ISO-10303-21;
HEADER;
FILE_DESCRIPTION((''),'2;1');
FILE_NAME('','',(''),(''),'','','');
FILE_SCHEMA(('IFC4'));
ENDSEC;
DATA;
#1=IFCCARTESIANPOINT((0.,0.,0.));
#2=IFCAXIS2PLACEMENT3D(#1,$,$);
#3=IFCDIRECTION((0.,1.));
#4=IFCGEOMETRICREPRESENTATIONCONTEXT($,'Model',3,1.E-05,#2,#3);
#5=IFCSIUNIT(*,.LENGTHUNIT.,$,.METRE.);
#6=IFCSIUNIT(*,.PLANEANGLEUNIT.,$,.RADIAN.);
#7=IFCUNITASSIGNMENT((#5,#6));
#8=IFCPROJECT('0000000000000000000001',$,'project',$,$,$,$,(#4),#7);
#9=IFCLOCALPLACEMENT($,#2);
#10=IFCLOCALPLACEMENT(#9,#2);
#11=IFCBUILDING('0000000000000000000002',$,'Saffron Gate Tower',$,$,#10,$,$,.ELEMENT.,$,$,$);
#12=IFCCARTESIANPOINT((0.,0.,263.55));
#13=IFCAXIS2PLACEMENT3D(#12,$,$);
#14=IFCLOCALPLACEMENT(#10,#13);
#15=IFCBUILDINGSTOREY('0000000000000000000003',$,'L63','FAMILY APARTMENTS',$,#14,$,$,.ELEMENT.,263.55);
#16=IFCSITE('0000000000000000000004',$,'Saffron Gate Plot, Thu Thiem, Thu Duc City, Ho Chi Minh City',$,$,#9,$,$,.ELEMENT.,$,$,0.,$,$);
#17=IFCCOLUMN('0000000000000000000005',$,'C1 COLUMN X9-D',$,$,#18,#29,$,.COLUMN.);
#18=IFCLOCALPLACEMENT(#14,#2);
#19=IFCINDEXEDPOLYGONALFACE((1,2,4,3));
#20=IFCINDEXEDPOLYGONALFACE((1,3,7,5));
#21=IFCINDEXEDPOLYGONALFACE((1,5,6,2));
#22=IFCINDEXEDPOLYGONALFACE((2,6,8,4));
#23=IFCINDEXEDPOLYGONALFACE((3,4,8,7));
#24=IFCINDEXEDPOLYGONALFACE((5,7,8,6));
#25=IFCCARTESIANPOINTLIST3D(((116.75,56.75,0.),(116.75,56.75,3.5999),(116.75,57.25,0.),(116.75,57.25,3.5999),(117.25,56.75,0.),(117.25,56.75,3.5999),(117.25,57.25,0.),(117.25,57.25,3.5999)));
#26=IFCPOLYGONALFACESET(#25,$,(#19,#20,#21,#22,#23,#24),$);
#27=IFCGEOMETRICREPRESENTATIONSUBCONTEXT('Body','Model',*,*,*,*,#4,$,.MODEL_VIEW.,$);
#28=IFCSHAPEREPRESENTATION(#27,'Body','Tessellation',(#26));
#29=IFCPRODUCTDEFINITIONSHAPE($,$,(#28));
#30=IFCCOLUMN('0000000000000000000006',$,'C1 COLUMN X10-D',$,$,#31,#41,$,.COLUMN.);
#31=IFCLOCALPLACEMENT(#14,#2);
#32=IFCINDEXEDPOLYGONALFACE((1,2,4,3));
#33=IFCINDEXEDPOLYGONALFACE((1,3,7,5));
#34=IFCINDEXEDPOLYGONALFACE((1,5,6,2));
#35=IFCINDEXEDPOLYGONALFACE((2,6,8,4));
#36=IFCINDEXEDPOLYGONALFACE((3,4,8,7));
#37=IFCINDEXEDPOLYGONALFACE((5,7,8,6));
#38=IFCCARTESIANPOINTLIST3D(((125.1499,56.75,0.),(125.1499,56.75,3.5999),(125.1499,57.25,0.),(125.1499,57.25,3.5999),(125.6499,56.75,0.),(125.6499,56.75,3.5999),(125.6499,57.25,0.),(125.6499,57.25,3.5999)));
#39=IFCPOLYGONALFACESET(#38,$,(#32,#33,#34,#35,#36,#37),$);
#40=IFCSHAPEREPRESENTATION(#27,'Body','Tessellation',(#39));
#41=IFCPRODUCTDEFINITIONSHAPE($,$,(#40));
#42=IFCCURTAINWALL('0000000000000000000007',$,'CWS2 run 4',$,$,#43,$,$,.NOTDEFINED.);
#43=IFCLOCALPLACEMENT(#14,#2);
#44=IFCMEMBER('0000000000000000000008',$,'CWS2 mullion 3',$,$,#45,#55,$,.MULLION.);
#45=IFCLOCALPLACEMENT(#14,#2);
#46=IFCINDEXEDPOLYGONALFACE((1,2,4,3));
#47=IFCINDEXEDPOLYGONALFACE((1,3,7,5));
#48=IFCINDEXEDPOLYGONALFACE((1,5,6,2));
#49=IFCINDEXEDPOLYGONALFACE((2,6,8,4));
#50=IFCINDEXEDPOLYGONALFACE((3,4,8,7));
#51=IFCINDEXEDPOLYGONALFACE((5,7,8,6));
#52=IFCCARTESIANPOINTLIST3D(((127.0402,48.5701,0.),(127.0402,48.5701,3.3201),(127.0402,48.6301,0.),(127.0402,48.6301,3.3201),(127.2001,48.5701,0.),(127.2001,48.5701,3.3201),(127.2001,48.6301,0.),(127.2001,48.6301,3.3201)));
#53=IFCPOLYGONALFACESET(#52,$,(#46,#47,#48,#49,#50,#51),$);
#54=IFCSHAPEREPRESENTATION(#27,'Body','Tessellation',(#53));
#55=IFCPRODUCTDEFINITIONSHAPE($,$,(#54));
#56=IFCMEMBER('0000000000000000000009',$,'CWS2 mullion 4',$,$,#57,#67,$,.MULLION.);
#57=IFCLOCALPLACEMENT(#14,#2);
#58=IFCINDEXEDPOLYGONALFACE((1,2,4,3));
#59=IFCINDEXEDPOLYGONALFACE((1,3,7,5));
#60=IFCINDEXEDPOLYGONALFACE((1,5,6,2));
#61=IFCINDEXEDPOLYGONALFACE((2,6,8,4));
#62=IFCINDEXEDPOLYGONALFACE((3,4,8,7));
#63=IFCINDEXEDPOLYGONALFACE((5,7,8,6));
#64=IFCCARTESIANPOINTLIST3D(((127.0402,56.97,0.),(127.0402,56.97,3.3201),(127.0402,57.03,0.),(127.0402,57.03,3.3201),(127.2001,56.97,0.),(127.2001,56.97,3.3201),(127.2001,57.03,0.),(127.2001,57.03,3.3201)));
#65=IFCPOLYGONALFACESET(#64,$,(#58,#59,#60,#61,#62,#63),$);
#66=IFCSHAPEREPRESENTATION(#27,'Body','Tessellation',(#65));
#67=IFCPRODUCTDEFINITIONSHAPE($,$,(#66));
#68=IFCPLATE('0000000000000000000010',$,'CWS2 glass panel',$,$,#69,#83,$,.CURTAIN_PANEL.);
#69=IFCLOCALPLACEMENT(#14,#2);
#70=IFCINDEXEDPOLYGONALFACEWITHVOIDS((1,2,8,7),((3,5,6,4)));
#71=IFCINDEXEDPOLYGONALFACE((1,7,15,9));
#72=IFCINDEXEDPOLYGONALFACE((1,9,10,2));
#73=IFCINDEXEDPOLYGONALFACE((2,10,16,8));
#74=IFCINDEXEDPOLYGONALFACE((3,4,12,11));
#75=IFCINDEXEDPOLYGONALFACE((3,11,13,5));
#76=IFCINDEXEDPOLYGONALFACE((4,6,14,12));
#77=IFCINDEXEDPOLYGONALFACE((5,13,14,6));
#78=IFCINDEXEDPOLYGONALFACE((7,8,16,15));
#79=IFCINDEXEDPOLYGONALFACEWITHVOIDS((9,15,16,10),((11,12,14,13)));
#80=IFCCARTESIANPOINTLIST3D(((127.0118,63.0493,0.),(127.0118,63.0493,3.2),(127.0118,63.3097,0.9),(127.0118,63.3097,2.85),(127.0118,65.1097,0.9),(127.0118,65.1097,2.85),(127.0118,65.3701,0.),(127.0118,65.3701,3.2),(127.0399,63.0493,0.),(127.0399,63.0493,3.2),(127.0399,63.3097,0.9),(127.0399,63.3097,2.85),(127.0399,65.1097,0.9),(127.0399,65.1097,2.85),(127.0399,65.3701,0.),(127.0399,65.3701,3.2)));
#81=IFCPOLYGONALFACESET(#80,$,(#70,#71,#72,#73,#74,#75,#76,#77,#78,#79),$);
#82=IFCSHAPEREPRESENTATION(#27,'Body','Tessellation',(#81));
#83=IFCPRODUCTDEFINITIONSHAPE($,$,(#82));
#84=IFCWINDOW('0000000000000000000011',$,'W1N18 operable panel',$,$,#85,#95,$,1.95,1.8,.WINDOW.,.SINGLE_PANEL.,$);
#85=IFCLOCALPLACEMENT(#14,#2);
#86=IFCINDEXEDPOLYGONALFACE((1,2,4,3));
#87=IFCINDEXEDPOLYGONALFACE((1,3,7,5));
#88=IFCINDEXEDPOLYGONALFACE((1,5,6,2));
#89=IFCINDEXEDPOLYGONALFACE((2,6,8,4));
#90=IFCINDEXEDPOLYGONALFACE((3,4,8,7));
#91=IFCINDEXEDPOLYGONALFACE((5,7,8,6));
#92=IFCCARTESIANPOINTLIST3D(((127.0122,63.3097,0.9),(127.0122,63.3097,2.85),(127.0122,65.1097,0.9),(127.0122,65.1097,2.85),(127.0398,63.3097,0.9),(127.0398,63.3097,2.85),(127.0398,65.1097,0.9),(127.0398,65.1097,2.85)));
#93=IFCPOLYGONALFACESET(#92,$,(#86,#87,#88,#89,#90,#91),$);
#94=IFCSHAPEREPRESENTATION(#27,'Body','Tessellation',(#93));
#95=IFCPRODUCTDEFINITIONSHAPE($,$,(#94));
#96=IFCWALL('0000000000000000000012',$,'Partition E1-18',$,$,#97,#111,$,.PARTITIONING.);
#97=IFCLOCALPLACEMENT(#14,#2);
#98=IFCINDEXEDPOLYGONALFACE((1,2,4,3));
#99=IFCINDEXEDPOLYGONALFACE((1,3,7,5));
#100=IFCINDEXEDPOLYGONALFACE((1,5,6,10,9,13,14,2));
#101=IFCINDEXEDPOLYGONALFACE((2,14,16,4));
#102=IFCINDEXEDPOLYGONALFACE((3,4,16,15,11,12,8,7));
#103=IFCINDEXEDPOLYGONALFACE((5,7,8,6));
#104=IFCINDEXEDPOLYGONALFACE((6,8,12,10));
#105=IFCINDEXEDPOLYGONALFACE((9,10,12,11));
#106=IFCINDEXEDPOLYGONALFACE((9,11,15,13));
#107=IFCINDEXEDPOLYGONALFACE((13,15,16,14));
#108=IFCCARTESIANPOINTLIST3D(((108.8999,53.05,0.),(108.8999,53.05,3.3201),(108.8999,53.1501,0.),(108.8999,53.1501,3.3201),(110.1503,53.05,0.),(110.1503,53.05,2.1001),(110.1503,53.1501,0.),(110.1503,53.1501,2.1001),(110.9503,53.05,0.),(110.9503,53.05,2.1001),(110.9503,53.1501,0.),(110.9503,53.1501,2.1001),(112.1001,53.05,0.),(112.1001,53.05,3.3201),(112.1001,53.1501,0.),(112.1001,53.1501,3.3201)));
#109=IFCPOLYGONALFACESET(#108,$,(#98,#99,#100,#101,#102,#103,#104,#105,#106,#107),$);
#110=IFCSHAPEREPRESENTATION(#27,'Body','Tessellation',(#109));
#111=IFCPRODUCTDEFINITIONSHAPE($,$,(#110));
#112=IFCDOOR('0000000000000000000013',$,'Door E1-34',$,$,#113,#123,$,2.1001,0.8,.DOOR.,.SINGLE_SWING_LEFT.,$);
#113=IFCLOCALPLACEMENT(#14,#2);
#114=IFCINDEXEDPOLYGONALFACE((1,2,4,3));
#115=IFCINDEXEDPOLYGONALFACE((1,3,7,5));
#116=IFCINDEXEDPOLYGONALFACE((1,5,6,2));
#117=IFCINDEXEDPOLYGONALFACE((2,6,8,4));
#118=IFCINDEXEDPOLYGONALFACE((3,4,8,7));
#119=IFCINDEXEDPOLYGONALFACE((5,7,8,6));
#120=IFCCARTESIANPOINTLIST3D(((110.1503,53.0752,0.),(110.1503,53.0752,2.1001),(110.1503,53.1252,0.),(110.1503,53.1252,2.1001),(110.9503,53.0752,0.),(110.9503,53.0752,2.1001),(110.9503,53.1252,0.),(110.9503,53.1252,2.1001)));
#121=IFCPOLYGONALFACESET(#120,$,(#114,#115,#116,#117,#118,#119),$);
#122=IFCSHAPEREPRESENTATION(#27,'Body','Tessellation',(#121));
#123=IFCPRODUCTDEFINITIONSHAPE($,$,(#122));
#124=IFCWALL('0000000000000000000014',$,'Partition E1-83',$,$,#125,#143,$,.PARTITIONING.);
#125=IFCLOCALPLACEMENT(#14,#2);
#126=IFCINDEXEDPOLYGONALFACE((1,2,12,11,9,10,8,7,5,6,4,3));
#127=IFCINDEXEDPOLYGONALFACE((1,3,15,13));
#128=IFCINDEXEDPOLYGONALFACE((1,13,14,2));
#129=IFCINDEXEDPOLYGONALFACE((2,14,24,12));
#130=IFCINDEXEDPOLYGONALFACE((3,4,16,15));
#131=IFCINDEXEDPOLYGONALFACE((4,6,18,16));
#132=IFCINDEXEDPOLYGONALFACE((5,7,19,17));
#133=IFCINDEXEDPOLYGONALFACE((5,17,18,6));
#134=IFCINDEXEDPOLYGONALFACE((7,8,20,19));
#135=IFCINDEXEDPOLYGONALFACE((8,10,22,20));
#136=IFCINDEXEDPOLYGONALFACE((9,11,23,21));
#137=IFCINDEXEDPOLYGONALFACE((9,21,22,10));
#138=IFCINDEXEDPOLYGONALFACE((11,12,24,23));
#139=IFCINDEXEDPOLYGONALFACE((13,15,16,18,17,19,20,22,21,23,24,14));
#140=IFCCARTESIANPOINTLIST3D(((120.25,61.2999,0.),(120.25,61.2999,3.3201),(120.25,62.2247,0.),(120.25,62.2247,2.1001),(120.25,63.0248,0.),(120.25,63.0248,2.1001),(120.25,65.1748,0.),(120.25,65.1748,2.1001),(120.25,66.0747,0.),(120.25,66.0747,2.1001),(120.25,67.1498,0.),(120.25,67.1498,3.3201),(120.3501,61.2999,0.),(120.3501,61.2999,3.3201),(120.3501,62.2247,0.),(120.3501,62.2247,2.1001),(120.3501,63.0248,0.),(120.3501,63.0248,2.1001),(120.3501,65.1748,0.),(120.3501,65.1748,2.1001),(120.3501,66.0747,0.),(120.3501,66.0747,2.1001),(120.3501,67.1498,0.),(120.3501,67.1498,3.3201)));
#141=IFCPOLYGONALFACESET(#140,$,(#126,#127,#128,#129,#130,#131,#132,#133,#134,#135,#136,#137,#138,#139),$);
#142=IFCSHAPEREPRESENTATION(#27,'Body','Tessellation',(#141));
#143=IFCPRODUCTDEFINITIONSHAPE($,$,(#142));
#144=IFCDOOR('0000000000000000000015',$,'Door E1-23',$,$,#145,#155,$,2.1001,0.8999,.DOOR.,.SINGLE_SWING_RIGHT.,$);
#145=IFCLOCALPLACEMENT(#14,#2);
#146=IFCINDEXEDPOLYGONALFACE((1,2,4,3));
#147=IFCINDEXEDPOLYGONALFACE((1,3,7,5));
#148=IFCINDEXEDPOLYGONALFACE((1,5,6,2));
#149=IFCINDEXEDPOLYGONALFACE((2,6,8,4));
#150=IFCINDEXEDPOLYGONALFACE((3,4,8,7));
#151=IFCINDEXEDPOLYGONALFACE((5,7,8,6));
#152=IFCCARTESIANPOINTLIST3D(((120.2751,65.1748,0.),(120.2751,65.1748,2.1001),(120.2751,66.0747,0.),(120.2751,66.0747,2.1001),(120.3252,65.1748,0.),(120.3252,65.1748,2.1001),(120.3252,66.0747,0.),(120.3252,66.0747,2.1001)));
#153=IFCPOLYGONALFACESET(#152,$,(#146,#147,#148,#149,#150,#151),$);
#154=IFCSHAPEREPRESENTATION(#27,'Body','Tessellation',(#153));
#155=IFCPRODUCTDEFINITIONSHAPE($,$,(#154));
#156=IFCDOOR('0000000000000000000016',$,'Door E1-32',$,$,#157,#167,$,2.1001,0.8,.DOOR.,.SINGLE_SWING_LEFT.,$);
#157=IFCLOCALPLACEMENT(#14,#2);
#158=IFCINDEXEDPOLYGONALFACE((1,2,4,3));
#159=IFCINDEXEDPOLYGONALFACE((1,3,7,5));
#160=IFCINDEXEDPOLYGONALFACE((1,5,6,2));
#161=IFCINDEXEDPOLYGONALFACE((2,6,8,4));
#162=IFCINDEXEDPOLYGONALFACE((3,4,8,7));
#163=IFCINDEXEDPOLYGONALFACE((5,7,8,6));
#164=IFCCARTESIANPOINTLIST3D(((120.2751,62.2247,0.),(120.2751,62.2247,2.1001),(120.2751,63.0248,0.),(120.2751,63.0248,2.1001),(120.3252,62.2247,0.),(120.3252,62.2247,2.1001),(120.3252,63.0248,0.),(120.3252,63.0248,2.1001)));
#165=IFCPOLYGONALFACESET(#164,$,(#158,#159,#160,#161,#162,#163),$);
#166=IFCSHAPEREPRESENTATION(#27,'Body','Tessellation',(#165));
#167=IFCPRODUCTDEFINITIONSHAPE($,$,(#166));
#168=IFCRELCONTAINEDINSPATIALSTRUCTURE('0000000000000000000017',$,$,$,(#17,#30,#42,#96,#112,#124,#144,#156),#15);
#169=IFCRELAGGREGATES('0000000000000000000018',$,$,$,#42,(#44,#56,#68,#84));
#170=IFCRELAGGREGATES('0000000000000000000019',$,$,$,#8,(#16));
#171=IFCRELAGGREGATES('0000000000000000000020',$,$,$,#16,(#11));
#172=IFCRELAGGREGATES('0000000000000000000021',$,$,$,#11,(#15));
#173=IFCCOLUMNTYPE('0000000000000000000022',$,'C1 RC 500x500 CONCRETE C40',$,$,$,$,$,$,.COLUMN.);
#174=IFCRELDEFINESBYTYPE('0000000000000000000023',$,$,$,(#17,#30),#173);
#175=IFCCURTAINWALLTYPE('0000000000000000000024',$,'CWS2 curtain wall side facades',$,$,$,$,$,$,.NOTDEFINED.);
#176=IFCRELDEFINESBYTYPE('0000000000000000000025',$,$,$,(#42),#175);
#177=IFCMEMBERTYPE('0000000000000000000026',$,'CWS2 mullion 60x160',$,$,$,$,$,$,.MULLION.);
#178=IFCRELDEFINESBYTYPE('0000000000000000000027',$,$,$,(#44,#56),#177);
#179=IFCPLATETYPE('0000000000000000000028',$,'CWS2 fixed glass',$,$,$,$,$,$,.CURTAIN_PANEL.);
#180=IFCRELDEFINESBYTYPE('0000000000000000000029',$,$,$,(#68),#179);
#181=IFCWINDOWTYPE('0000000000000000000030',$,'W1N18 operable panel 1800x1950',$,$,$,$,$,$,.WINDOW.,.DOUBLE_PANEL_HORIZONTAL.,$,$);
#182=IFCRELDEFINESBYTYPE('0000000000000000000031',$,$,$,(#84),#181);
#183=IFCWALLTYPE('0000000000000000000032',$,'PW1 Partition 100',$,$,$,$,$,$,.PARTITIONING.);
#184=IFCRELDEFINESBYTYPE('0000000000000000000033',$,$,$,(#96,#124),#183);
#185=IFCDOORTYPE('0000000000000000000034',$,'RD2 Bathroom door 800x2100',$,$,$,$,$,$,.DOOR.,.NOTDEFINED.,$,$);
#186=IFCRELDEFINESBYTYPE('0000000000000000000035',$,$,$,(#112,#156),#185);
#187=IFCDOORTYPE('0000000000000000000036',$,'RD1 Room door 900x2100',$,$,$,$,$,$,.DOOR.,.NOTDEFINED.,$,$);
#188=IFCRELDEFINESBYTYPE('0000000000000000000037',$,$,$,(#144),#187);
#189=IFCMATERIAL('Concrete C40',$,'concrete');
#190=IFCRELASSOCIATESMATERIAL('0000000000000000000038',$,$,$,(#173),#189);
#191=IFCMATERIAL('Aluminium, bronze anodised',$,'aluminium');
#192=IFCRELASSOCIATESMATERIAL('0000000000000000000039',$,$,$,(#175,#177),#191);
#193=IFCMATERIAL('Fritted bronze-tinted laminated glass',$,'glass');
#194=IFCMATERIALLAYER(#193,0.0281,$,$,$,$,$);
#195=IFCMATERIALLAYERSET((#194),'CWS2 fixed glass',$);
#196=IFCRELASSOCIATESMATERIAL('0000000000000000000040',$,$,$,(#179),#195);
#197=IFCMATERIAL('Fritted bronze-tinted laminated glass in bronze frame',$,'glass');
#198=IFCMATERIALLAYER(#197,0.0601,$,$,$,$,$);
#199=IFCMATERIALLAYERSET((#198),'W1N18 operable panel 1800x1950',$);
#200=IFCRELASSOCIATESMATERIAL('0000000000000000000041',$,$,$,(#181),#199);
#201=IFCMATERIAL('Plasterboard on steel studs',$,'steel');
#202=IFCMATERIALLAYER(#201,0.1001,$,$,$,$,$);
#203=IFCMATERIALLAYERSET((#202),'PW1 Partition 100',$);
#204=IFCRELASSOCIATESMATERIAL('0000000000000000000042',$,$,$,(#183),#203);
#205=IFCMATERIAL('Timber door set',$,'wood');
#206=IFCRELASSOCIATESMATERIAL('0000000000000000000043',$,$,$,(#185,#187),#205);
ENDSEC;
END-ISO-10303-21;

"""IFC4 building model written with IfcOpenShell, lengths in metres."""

from ifc_helpers import new_model, si_unit, direction, frame, frame_2d, origin, origin_2d, place, context, subcontext, project, spatial, rectangle, extrude, material, layer, layer_set, material_profile, profile_set, type_object, element, fill, aggregate, save


model = new_model("IFC4")

# Units and contexts
model_context = context("Model", 3, precision=1e-05, world=origin(), true_north=direction((0.0, 1.0)))
body_context = subcontext(model_context, "Body", "Model", "MODEL_VIEW")
ifc_project = project(units=[si_unit("LENGTHUNIT", "METRE"), si_unit("PLANEANGLEUNIT", "RADIAN")], contexts=[model_context])

# Site, building, storey
site_placement = place(None, origin())
site = spatial("IfcSite", under=ifc_project, at=site_placement, Name="Saffron Gate Plot, Thu Thiem, Thu Duc City, Ho Chi Minh City", CompositionType="ELEMENT", RefElevation=0.0)
building_placement = place(site_placement, origin())
building = spatial("IfcBuilding", under=site, at=building_placement, Name="Saffron Gate Tower", CompositionType="ELEMENT")
storey_placement = place(building_placement, frame((0.0, 0.0, 263.55)))
storey = spatial("IfcBuildingStorey", under=building, at=storey_placement, Name="L63", Description="FAMILY APARTMENTS", CompositionType="ELEMENT", Elevation=263.55)

# Columns
ifc_material_1 = material(Name="Concrete C40", Category="concrete")
ifc_material_profile_1 = material_profile(ifc_material_1, rectangle(XDim=0.5, YDim=0.5, at=origin_2d()))
ifc_profile_set_1 = profile_set([ifc_material_profile_1], Name="Concrete C40")
column_type = type_object("IfcColumnType", Name="C1 RC 500x500 CONCRETE C40", PredefinedType="COLUMN", material=ifc_profile_set_1)
for number, where, z_axis, x_axis, name in (
    (1, (117.0, 57.0, 0.0), (0.0, 0.0, 1.0), (1.0, 0.0, 0.0), "C1 COLUMN X9-D"),
    (2, (125.3999, 57.0, 0.0), (0.0, 0.0, 1.0), (1.0, 0.0, 0.0), "C1 COLUMN X10-D"),
):
    element("IfcColumn", number, at=place(storey_placement, frame(where, z_axis=z_axis, x_axis=x_axis)), inside=storey, type_object=column_type, Name=name, PredefinedType="COLUMN", context=body_context, shape_type="SweptSolid", body=[
        extrude(rectangle(XDim=0.5, YDim=0.5, at=origin_2d()), origin(), (0.0, 0.0, 1.0), 3.5999),
    ])

# Curtain wall, members, plate, opening, window
ifc_material_2 = material(Name="Aluminium, bronze anodised", Category="aluminium")
curtain_wall_type = type_object("IfcCurtainWallType", Name="CWS2 curtain wall side facades", PredefinedType="NOTDEFINED", material=ifc_material_2)
curtain_wall_placement = place(storey_placement, origin())
curtain_wall = element("IfcCurtainWall", 3, at=curtain_wall_placement, inside=storey, type_object=curtain_wall_type, Name="CWS2 run 4", PredefinedType="NOTDEFINED")
ifc_material_profile_2 = material_profile(ifc_material_2, rectangle(XDim=0.1599, YDim=0.0601, at=origin_2d()))
ifc_profile_set_2 = profile_set([ifc_material_profile_2], Name="Aluminium, bronze anodised")
member_type = type_object("IfcMemberType", Name="CWS2 mullion 60x160", PredefinedType="MULLION", material=ifc_profile_set_2)
member_1_placement = place(storey_placement, frame((127.1201, 48.6001, 0.0), z_axis=(0.0, 0.0, 1.0), x_axis=(-1.0, 0.0, 0.0)))
member_1 = element("IfcMember", 4, at=member_1_placement, type_object=member_type, Name="CWS2 mullion 3", PredefinedType="MULLION", context=body_context, shape_type="SweptSolid", body=[
    extrude(rectangle(XDim=0.1599, YDim=0.0601, at=origin_2d()), origin(), (0.0, 0.0, 1.0), 3.3201),
])
member_2_placement = place(storey_placement, frame((127.1201, 57.0, 0.0), z_axis=(0.0, 0.0, 1.0), x_axis=(-1.0, 0.0, 0.0)))
member_2 = element("IfcMember", 5, at=member_2_placement, type_object=member_type, Name="CWS2 mullion 4", PredefinedType="MULLION", context=body_context, shape_type="SweptSolid", body=[
    extrude(rectangle(XDim=0.1599, YDim=0.0601, at=origin_2d()), origin(), (0.0, 0.0, 1.0), 3.3201),
])
ifc_material_3 = material(Name="Fritted bronze-tinted laminated glass", Category="glass")
ifc_layer_1 = layer(ifc_material_3, 0.0281)
ifc_layer_set_1 = layer_set([ifc_layer_1], Name="CWS2 fixed glass")
plate_type = type_object("IfcPlateType", Name="CWS2 fixed glass", PredefinedType="CURTAIN_PANEL", material=ifc_layer_set_1)
plate_placement = place(storey_placement, frame((127.0259, 63.0493, 0.0), z_axis=(0.0, 0.0, 1.0), x_axis=(0.0, 1.0, 0.0)))
plate = element("IfcPlate", 6, at=plate_placement, type_object=plate_type, Name="CWS2 glass panel", PredefinedType="CURTAIN_PANEL", context=body_context, shape_type="SweptSolid", body=[
    extrude(rectangle(XDim=2.3208, YDim=0.0281, at=frame_2d((1.1604, 0.0))), origin(), (0.0, 0.0, 1.0), 3.2),
])
opening_1_placement = place(plate_placement, frame((0.2605, 0.0, 0.8999)))
opening_1 = element("IfcOpeningElement", 7, at=opening_1_placement, cuts=plate, PredefinedType="OPENING", context=body_context, shape_type="SweptSolid", body=[
    extrude(rectangle(XDim=1.8, YDim=1.95, at=frame_2d((0.8999, 0.9751))), frame((0.0, 0.0239, 0.0), z_axis=(0.0, -1.0, 0.0), x_axis=(1.0, 0.0, 0.0)), (0.0, 0.0, 1.0), 0.0481),
])
ifc_material_4 = material(Name="Fritted bronze-tinted laminated glass in bronze frame", Category="glass")
ifc_layer_2 = layer(ifc_material_4, 0.0601)
ifc_layer_set_2 = layer_set([ifc_layer_2], Name="W1N18 operable panel 1800x1950")
window_type = type_object("IfcWindowType", Name="W1N18 operable panel 1800x1950", PartitioningType="DOUBLE_PANEL_HORIZONTAL", PredefinedType="WINDOW", material=ifc_layer_set_2)
window_placement = place(opening_1_placement, origin())
window = element("IfcWindow", 8, at=window_placement, type_object=window_type, Name="W1N18 operable panel", OverallHeight=1.95, OverallWidth=1.8, PartitioningType="SINGLE_PANEL", PredefinedType="WINDOW", context=body_context, shape_type="SweptSolid", body=[
    extrude(rectangle(XDim=1.8, YDim=1.95, at=frame_2d((0.8999, 0.9751))), frame((0.0, 0.0137, 0.0), z_axis=(0.0, -1.0, 0.0), x_axis=(1.0, 0.0, 0.0)), (0.0, 0.0, 1.0), 0.0276),
])
fill(opening_1, window)
aggregate(curtain_wall, [member_1, member_2, plate, window])

# Wall, opening, door
ifc_material_5 = material(Name="Plasterboard on steel studs", Category="steel")
ifc_layer_3 = layer(ifc_material_5, 0.1001)
ifc_layer_set_3 = layer_set([ifc_layer_3], Name="PW1 Partition 100")
wall_type_1 = type_object("IfcWallType", Name="PW1 Partition 100", PredefinedType="PARTITIONING", material=ifc_layer_set_3)
wall_1_placement = place(storey_placement, frame((112.1001, 53.1001, 0.0), z_axis=(0.0, 0.0, 1.0), x_axis=(-1.0, 0.0, 0.0)))
wall_1 = element("IfcWall", 9, at=wall_1_placement, inside=storey, type_object=wall_type_1, Name="Partition E1-18", PredefinedType="PARTITIONING", context=body_context, shape_type="SweptSolid", body=[
    extrude(rectangle(XDim=3.2002, YDim=0.1001, at=frame_2d((1.6001, 0.0))), origin(), (0.0, 0.0, 1.0), 3.3201),
])
opening_2_placement = place(wall_1_placement, frame((1.1499, 0.0, 0.0)))
opening_2 = element("IfcOpeningElement", 10, at=opening_2_placement, cuts=wall_1, PredefinedType="OPENING", context=body_context, shape_type="SweptSolid", body=[
    extrude(rectangle(XDim=0.8, YDim=2.1001, at=frame_2d((0.3999, 1.05))), frame((0.0, 0.0601, 0.0), z_axis=(0.0, -1.0, 0.0), x_axis=(1.0, 0.0, 0.0)), (0.0, 0.0, 1.0), 0.1201),
])
ifc_material_6 = material(Name="Timber door set", Category="wood")
door_type_1 = type_object("IfcDoorType", Name="RD2 Bathroom door 800x2100", OperationType="NOTDEFINED", PredefinedType="DOOR", material=ifc_material_6)
door_1_placement = place(opening_2_placement, origin())
door_1 = element("IfcDoor", 11, at=door_1_placement, inside=storey, type_object=door_type_1, Name="Door E1-34", OperationType="SINGLE_SWING_LEFT", OverallHeight=2.1001, OverallWidth=0.8, PredefinedType="DOOR", context=body_context, shape_type="SweptSolid", body=[
    extrude(rectangle(XDim=0.8, YDim=2.1001, at=frame_2d((0.3999, 1.05))), frame((0.0, 0.0249, 0.0), z_axis=(0.0, -1.0, 0.0), x_axis=(1.0, 0.0, 0.0)), (0.0, 0.0, 1.0), 0.05),
])
fill(opening_2, door_1)

# Wall, openings, doors
wall_2_placement = place(storey_placement, frame((120.3, 61.3, 0.0), z_axis=(0.0, 0.0, 1.0), x_axis=(0.0, 1.0, 0.0)))
wall_2 = element("IfcWall", 12, at=wall_2_placement, inside=storey, type_object=wall_type_1, Name="Partition E1-83", PredefinedType="PARTITIONING", context=body_context, shape_type="SweptSolid", body=[
    extrude(rectangle(XDim=5.8499, YDim=0.1001, at=frame_2d((2.9248, 0.0))), origin(), (0.0, 0.0, 1.0), 3.3201),
])
opening_3_placement = place(wall_2_placement, frame((0.9248, 0.0, 0.0)))
opening_3 = element("IfcOpeningElement", 13, at=opening_3_placement, cuts=wall_2, PredefinedType="OPENING", context=body_context, shape_type="SweptSolid", body=[
    extrude(rectangle(XDim=0.8, YDim=2.1001, at=frame_2d((0.3999, 1.05))), frame((0.0, 0.0601, 0.0), z_axis=(0.0, -1.0, 0.0), x_axis=(1.0, 0.0, 0.0)), (0.0, 0.0, 1.0), 0.1201),
])
opening_4_placement = place(wall_2_placement, frame((3.8748, 0.0, 0.0)))
opening_4 = element("IfcOpeningElement", 14, at=opening_4_placement, cuts=wall_2, PredefinedType="OPENING", context=body_context, shape_type="SweptSolid", body=[
    extrude(rectangle(XDim=0.8999, YDim=2.1001, at=frame_2d((0.45, 1.05))), frame((0.0, 0.0601, 0.0), z_axis=(0.0, -1.0, 0.0), x_axis=(1.0, 0.0, 0.0)), (0.0, 0.0, 1.0), 0.1201),
])
door_type_2 = type_object("IfcDoorType", Name="RD1 Room door 900x2100", OperationType="NOTDEFINED", PredefinedType="DOOR", material=ifc_material_6)
door_2_placement = place(opening_4_placement, origin())
door_2 = element("IfcDoor", 15, at=door_2_placement, inside=storey, type_object=door_type_2, Name="Door E1-23", OperationType="SINGLE_SWING_RIGHT", OverallHeight=2.1001, OverallWidth=0.8999, PredefinedType="DOOR", context=body_context, shape_type="SweptSolid", body=[
    extrude(rectangle(XDim=0.8999, YDim=2.1001, at=frame_2d((0.45, 1.05))), frame((0.0, 0.0249, 0.0), z_axis=(0.0, -1.0, 0.0), x_axis=(1.0, 0.0, 0.0)), (0.0, 0.0, 1.0), 0.05),
])
fill(opening_4, door_2)
door_3_placement = place(opening_3_placement, origin())
door_3 = element("IfcDoor", 16, at=door_3_placement, inside=storey, type_object=door_type_1, Name="Door E1-32", OperationType="SINGLE_SWING_LEFT", OverallHeight=2.1001, OverallWidth=0.8, PredefinedType="DOOR", context=body_context, shape_type="SweptSolid", body=[
    extrude(rectangle(XDim=0.8, YDim=2.1001, at=frame_2d((0.3999, 1.05))), frame((0.0, 0.0249, 0.0), z_axis=(0.0, -1.0, 0.0), x_axis=(1.0, 0.0, 0.0)), (0.0, 0.0, 1.0), 0.05),
])
fill(opening_3, door_3)

save(model, "model.ifc")
